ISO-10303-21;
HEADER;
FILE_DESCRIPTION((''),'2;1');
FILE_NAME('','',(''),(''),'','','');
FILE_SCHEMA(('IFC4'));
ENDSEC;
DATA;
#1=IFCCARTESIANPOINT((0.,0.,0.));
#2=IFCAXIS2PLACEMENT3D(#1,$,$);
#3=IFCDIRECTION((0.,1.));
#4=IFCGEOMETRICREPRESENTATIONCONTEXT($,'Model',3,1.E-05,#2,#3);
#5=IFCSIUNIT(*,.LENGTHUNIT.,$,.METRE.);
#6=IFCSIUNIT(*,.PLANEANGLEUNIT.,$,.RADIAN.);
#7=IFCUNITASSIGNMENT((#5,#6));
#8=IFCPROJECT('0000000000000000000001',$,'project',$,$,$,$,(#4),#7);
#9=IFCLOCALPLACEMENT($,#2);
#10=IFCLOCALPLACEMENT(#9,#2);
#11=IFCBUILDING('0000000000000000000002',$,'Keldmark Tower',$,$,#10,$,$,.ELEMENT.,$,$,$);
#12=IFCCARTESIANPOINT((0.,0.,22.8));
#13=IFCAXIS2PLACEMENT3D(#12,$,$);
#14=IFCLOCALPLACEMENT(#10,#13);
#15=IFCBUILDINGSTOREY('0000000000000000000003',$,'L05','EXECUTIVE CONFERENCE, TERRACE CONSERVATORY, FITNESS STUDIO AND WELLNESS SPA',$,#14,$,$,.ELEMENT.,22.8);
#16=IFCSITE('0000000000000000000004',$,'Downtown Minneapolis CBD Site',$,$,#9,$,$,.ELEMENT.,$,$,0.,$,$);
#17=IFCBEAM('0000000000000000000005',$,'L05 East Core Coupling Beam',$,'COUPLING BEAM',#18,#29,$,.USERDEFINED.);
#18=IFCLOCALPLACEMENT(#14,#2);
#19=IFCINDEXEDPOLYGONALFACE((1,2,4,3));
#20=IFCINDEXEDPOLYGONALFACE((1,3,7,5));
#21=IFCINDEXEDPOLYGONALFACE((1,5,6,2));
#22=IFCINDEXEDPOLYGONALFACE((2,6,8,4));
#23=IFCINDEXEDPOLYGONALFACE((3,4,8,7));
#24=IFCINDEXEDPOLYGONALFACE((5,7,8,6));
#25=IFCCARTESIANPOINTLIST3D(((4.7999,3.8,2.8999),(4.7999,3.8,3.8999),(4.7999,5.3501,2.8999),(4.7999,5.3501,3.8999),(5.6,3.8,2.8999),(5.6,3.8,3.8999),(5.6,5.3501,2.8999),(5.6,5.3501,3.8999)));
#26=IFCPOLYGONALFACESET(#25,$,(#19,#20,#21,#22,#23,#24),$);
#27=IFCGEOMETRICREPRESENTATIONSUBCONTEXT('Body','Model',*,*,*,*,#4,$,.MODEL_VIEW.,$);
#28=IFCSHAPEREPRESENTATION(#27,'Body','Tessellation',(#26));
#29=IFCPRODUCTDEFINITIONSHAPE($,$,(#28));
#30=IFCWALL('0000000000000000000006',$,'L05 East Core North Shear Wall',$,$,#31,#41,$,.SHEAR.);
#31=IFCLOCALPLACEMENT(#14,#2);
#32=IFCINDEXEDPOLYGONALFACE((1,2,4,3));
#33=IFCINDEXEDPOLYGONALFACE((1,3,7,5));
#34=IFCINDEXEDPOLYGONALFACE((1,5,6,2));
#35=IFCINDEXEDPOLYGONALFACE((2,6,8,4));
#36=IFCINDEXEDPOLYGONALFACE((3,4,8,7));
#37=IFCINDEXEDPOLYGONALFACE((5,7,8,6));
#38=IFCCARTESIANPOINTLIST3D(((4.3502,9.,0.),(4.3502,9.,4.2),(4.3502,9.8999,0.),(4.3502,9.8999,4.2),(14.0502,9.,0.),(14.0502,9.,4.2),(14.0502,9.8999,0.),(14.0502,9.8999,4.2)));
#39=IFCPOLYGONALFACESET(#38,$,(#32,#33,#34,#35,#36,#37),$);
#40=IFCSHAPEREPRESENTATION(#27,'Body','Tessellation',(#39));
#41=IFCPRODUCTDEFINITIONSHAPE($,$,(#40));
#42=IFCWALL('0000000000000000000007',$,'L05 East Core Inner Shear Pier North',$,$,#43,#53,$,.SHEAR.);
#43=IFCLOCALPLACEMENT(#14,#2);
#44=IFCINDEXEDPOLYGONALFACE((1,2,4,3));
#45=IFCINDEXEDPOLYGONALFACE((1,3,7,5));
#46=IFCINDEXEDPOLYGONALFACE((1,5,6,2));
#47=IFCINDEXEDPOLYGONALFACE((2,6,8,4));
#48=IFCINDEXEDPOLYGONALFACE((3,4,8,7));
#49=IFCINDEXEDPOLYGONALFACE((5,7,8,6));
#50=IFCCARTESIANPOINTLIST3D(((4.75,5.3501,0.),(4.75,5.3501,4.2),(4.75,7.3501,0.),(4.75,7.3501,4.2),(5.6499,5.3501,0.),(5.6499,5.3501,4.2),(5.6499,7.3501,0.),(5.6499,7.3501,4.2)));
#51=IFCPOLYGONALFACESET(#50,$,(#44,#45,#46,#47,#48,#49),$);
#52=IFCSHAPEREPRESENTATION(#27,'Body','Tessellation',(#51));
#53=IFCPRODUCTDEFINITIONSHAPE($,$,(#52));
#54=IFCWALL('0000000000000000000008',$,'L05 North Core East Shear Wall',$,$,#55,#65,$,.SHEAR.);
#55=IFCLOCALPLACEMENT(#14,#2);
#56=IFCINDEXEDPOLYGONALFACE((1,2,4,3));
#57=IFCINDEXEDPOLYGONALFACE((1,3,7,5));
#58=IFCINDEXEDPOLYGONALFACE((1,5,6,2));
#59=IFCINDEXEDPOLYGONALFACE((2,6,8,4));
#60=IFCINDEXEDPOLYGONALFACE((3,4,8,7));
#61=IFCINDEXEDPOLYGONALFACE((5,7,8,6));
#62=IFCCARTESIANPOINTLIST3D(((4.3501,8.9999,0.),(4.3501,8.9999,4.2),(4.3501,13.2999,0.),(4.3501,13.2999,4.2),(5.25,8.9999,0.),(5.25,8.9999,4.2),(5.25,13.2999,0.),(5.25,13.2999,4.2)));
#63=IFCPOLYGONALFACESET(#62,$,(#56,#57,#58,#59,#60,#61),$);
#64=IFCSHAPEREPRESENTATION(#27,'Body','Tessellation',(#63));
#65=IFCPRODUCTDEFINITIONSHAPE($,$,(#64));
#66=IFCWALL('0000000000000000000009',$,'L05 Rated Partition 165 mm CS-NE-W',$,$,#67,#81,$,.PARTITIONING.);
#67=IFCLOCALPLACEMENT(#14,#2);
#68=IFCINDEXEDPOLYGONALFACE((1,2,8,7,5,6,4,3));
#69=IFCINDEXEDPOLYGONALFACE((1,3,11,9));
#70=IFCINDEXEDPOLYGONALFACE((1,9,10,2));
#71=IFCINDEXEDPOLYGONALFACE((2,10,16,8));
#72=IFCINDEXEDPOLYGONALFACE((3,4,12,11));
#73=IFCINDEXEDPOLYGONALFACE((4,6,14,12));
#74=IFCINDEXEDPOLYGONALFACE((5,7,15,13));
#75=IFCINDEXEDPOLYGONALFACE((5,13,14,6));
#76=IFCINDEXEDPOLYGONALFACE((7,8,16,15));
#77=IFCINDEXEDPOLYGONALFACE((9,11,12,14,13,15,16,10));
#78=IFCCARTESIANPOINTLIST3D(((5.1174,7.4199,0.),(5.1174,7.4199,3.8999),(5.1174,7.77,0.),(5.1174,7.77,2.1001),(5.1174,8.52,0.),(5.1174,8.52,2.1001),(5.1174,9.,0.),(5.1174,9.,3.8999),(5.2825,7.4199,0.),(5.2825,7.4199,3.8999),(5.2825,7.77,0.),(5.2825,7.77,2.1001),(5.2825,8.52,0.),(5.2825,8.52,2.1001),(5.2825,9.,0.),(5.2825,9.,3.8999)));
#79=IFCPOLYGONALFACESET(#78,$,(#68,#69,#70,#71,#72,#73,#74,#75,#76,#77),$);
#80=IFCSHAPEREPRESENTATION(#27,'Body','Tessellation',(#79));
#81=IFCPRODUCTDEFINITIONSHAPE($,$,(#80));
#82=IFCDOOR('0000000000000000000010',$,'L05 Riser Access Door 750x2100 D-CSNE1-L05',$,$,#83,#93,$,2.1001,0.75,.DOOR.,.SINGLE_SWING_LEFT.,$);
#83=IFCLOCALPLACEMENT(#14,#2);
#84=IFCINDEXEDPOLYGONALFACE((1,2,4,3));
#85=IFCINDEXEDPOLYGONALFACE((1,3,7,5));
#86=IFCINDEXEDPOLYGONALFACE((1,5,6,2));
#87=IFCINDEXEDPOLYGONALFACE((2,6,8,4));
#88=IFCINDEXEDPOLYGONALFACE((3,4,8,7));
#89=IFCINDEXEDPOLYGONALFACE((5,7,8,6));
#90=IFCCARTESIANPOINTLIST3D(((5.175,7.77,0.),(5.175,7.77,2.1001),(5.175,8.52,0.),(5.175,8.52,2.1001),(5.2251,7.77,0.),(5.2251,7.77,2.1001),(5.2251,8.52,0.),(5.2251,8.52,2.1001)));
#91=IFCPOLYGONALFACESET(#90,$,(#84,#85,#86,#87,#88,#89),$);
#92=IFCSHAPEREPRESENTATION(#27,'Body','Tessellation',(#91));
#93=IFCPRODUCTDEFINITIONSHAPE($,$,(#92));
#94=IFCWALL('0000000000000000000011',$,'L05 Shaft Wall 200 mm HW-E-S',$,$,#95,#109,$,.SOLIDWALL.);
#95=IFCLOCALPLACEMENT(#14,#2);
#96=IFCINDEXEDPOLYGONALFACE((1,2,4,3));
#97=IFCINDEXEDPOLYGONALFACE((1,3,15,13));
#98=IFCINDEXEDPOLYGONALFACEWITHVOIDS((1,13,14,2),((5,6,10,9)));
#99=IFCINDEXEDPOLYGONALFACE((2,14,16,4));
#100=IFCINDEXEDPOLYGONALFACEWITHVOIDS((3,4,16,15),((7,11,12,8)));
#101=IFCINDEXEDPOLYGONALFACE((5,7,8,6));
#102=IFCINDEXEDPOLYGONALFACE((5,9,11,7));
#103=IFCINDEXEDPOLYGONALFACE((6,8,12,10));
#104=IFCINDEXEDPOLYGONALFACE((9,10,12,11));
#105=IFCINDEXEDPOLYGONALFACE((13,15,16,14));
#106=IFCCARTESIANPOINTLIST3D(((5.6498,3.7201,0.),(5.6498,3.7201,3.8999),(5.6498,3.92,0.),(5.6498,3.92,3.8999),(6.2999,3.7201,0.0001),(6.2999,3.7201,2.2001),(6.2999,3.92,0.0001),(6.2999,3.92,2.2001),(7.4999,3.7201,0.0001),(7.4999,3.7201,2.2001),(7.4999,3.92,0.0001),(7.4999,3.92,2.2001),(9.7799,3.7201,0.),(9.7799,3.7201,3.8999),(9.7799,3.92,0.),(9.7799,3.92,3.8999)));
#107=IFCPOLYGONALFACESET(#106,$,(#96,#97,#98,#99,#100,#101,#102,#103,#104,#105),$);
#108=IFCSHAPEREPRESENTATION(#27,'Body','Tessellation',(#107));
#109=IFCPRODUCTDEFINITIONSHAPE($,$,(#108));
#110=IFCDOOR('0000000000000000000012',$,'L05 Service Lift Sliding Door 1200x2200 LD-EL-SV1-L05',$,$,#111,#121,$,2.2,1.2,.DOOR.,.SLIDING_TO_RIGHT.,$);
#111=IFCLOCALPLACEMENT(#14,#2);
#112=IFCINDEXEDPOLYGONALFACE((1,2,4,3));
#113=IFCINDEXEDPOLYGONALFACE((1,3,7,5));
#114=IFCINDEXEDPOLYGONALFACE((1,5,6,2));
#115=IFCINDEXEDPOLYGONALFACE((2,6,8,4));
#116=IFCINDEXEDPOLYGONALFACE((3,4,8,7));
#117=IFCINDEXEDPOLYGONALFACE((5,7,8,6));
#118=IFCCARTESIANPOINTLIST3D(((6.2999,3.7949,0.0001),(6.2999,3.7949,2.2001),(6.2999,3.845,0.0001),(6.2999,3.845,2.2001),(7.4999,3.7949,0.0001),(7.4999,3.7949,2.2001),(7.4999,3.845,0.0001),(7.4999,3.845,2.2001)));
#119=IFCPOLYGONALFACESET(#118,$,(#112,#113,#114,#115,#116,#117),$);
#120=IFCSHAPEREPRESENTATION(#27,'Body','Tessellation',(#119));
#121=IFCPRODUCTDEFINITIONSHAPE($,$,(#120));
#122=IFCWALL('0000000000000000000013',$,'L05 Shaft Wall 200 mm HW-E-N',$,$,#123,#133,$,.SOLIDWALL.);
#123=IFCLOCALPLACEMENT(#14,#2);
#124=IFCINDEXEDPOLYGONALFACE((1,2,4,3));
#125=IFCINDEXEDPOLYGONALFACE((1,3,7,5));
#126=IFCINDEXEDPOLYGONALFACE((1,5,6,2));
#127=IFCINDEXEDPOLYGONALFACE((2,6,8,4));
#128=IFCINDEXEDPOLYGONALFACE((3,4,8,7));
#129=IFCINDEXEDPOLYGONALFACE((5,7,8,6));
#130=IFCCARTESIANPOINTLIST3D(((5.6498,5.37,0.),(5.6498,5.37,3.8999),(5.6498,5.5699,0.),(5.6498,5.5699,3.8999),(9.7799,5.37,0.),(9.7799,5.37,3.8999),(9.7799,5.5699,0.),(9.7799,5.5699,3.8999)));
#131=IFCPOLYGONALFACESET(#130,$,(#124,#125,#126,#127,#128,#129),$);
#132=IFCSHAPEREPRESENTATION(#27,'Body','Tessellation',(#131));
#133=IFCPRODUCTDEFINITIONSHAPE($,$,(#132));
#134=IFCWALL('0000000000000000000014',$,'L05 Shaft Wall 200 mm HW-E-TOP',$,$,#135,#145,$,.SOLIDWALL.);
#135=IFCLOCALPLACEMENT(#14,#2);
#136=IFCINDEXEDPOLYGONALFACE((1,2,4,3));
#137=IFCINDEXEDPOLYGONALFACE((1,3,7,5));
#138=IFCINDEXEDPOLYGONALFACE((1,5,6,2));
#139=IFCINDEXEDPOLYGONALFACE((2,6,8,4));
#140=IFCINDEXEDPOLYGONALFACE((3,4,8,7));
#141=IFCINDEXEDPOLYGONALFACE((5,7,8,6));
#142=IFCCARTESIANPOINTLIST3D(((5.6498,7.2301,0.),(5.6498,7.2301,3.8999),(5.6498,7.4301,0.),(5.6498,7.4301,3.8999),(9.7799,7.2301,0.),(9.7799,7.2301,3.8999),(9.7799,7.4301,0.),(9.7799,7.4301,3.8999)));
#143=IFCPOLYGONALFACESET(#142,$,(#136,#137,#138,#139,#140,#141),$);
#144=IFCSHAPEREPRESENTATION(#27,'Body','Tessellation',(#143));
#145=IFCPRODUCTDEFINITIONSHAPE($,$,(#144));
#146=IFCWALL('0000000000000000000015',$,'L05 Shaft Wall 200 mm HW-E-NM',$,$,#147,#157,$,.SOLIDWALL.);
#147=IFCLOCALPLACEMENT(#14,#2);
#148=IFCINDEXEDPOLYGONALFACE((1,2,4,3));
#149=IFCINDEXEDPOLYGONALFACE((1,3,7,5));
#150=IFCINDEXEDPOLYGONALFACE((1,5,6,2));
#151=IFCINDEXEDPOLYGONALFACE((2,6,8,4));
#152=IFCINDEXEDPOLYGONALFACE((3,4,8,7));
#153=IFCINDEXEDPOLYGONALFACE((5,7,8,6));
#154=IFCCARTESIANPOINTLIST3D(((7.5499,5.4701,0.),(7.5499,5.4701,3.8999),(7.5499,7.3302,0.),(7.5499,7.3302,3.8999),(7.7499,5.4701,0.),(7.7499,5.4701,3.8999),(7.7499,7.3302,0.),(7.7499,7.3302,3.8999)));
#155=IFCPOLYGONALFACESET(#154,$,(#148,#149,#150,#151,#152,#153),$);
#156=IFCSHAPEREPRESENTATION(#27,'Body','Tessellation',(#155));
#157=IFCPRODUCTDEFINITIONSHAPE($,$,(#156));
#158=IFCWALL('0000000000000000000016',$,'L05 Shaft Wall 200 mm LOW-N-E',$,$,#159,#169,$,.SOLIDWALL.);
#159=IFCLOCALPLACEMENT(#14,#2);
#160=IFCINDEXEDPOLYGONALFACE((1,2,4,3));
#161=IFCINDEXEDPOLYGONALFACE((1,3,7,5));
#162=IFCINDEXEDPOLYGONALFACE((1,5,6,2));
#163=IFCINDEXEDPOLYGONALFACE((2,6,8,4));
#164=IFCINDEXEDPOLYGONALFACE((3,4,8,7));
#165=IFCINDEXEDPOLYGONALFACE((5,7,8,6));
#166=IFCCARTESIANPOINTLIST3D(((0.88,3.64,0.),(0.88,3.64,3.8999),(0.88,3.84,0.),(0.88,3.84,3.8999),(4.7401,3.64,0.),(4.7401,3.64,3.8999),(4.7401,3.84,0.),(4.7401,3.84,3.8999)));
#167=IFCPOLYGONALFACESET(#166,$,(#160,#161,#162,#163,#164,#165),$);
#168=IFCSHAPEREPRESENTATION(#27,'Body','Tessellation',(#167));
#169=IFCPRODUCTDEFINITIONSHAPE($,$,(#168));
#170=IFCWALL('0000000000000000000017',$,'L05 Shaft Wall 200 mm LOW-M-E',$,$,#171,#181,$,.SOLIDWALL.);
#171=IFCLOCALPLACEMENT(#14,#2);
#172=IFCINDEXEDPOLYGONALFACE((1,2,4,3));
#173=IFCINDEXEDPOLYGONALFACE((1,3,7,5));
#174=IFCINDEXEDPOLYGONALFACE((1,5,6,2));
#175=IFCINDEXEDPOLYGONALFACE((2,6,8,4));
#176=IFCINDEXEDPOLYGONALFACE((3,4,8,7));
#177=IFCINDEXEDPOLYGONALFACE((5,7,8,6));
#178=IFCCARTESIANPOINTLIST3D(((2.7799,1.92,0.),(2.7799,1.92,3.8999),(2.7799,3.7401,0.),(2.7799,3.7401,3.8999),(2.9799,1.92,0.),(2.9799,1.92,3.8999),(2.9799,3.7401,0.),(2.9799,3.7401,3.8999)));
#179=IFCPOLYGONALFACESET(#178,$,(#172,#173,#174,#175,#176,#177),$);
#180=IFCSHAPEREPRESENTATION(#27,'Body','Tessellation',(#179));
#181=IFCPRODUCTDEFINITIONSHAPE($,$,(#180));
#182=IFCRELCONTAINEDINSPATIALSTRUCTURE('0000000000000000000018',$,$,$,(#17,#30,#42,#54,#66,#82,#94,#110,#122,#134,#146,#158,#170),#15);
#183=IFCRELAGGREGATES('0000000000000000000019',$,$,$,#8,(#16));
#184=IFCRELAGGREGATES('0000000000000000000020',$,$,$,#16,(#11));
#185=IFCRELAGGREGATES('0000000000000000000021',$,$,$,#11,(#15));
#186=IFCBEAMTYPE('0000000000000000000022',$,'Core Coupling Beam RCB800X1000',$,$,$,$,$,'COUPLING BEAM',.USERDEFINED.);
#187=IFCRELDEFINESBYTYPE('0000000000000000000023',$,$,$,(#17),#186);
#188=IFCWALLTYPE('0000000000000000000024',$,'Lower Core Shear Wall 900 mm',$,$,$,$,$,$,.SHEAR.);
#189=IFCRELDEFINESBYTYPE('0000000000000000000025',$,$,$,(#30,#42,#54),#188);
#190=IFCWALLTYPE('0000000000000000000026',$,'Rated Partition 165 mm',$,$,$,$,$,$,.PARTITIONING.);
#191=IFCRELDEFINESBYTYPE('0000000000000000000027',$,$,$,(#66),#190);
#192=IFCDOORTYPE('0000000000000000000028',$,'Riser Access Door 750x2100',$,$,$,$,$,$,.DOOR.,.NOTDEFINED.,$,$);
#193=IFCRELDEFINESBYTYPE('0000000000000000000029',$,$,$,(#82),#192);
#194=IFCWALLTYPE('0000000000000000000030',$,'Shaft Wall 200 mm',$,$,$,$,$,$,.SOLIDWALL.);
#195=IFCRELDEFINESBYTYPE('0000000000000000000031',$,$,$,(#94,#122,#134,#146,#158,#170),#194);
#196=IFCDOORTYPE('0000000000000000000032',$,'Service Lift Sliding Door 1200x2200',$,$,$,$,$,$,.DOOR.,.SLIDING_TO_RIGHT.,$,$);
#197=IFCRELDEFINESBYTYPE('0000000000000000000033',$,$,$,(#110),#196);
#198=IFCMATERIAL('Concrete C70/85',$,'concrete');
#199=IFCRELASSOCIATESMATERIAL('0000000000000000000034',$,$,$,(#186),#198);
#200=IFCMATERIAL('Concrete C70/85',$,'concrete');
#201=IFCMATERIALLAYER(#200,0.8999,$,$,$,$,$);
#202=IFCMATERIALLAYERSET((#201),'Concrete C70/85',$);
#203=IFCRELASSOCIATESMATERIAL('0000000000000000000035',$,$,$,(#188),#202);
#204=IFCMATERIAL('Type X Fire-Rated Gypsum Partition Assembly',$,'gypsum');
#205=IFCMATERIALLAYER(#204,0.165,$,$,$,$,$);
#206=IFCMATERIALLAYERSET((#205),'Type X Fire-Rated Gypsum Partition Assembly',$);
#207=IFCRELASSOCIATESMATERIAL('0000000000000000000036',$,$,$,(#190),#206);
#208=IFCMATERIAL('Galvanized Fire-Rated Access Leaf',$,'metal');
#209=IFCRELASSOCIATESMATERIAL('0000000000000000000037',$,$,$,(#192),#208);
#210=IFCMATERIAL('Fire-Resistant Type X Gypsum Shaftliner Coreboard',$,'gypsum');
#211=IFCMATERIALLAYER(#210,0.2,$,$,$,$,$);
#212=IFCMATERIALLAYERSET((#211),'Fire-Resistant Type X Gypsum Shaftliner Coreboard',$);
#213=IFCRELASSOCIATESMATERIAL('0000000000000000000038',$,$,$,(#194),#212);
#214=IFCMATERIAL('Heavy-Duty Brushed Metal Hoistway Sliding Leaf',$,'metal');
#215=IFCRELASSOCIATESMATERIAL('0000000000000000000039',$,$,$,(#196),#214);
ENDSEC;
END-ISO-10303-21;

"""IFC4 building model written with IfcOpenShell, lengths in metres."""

from ifc_helpers import new_model, si_unit, direction, frame, frame_2d, origin, origin_2d, place, context, subcontext, project, spatial, rectangle, extrude, material, layer, layer_set, material_profile, profile_set, type_object, element, fill, save


model = new_model("IFC4")

# Units and contexts
model_context = context("Model", 3, precision=1e-05, world=origin(), true_north=direction((0.0, 1.0)))
body_context = subcontext(model_context, "Body", "Model", "MODEL_VIEW")
ifc_project = project(units=[si_unit("LENGTHUNIT", "METRE"), si_unit("PLANEANGLEUNIT", "RADIAN")], contexts=[model_context])

# Site, building, storey
site_placement = place(None, origin())
site = spatial("IfcSite", under=ifc_project, at=site_placement, Name="Downtown Minneapolis CBD Site", CompositionType="ELEMENT", RefElevation=0.0)
building_placement = place(site_placement, origin())
building = spatial("IfcBuilding", under=site, at=building_placement, Name="Keldmark Tower", CompositionType="ELEMENT")
storey_placement = place(building_placement, frame((0.0, 0.0, 22.8)))
storey = spatial("IfcBuildingStorey", under=building, at=storey_placement, Name="L05", Description="EXECUTIVE CONFERENCE, TERRACE CONSERVATORY, FITNESS STUDIO AND WELLNESS SPA", CompositionType="ELEMENT", Elevation=22.8)

# Beam
ifc_material_1 = material(Name="Concrete C70/85", Category="concrete")
ifc_material_profile = material_profile(ifc_material_1, rectangle(XDim=0.8, YDim=1.0, at=origin_2d()), Name="RCB800X1000")
ifc_profile_set = profile_set([ifc_material_profile], Name="Concrete C70/85")
beam_type = type_object("IfcBeamType", Name="Core Coupling Beam RCB800X1000", ElementType="COUPLING BEAM", PredefinedType="USERDEFINED", material=ifc_profile_set)
beam_placement = place(storey_placement, frame((5.2, 3.8, 3.3999), z_axis=(0.0, 1.0, 0.0), x_axis=(-1.0, 0.0, 0.0)))
element("IfcBeam", 1, at=beam_placement, inside=storey, type_object=beam_type, Name="L05 East Core Coupling Beam", ObjectType="COUPLING BEAM", PredefinedType="USERDEFINED", context=body_context, shape_type="SweptSolid", body=[
    extrude(rectangle(XDim=0.8, YDim=1.0, at=origin_2d()), origin(), (0.0, 0.0, 1.0), 1.55),
])

# Walls
ifc_material_2 = material(Name="Concrete C70/85", Category="concrete")
ifc_layer_1 = layer(ifc_material_2, 0.8999)
ifc_layer_set_1 = layer_set([ifc_layer_1], Name="Concrete C70/85")
wall_type_1 = type_object("IfcWallType", Name="Lower Core Shear Wall 900 mm", PredefinedType="SHEAR", material=ifc_layer_set_1)
wall_1_placement = place(storey_placement, frame((4.3501, 9.45, 0.0), z_axis=(0.0, 0.0, 1.0), x_axis=(1.0, 0.0, 0.0)))
element("IfcWall", 2, at=wall_1_placement, inside=storey, type_object=wall_type_1, Name="L05 East Core North Shear Wall", PredefinedType="SHEAR", context=body_context, shape_type="SweptSolid", body=[
    extrude(rectangle(XDim=9.7, YDim=0.8999, at=frame_2d((4.8501, 0.0))), origin(), (0.0, 0.0, 1.0), 4.2),
])
wall_2_placement = place(storey_placement, frame((5.2, 5.3501, 0.0), z_axis=(0.0, 0.0, 1.0), x_axis=(0.0, 1.0, 0.0)))
element("IfcWall", 3, at=wall_2_placement, inside=storey, type_object=wall_type_1, Name="L05 East Core Inner Shear Pier North", PredefinedType="SHEAR", context=body_context, shape_type="SweptSolid", body=[
    extrude(rectangle(XDim=2.0, YDim=0.8999, at=frame_2d((1.0, 0.0))), origin(), (0.0, 0.0, 1.0), 4.2),
])
wall_3_placement = place(storey_placement, frame((4.8, 9.0, 0.0), z_axis=(0.0, 0.0, 1.0), x_axis=(0.0, 1.0, 0.0)))
element("IfcWall", 4, at=wall_3_placement, inside=storey, type_object=wall_type_1, Name="L05 North Core East Shear Wall", PredefinedType="SHEAR", context=body_context, shape_type="SweptSolid", body=[
    extrude(rectangle(XDim=4.3, YDim=0.8999, at=frame_2d((2.1499, 0.0))), origin(), (0.0, 0.0, 1.0), 4.2),
])

# Walls, openings, doors
ifc_material_3 = material(Name="Type X Fire-Rated Gypsum Partition Assembly", Category="gypsum")
ifc_layer_2 = layer(ifc_material_3, 0.165)
ifc_layer_set_2 = layer_set([ifc_layer_2], Name="Type X Fire-Rated Gypsum Partition Assembly")
wall_type_2 = type_object("IfcWallType", Name="Rated Partition 165 mm", PredefinedType="PARTITIONING", material=ifc_layer_set_2)
wall_4_placement = place(storey_placement, frame((5.2, 7.4199, 0.0), z_axis=(0.0, 0.0, 1.0), x_axis=(0.0, 1.0, 0.0)))
wall_4 = element("IfcWall", 5, at=wall_4_placement, inside=storey, type_object=wall_type_2, Name="L05 Rated Partition 165 mm CS-NE-W", PredefinedType="PARTITIONING", context=body_context, shape_type="SweptSolid", body=[
    extrude(rectangle(XDim=1.5801, YDim=0.165, at=frame_2d((0.79, 0.0))), origin(), (0.0, 0.0, 1.0), 3.8999),
])
opening_1_placement = place(wall_4_placement, frame((0.3501, 0.0, 0.0)))
opening_1 = element("IfcOpeningElement", 6, at=opening_1_placement, cuts=wall_4, PredefinedType="OPENING", context=body_context, shape_type="SweptSolid", body=[
    extrude(rectangle(XDim=0.75, YDim=2.1001, at=frame_2d((0.375, 1.05))), frame((0.0, 0.0925, 0.0), z_axis=(0.0, -1.0, 0.0), x_axis=(1.0, 0.0, 0.0)), (0.0, 0.0, 1.0), 0.1851),
])
ifc_material_4 = material(Name="Galvanized Fire-Rated Access Leaf", Category="metal")
door_type_1 = type_object("IfcDoorType", Name="Riser Access Door 750x2100", OperationType="NOTDEFINED", PredefinedType="DOOR", material=ifc_material_4)
door_1_placement = place(opening_1_placement, origin())
door_1 = element("IfcDoor", 7, at=door_1_placement, inside=storey, type_object=door_type_1, Name="L05 Riser Access Door 750x2100 D-CSNE1-L05", OperationType="SINGLE_SWING_LEFT", OverallHeight=2.1001, OverallWidth=0.75, PredefinedType="DOOR", context=body_context, shape_type="SweptSolid", body=[
    extrude(rectangle(XDim=0.75, YDim=2.1001, at=frame_2d((0.375, 1.05))), frame((0.0, 0.0249, 0.0), z_axis=(0.0, -1.0, 0.0), x_axis=(1.0, 0.0, 0.0)), (0.0, 0.0, 1.0), 0.05),
])
fill(opening_1, door_1)
ifc_material_5 = material(Name="Fire-Resistant Type X Gypsum Shaftliner Coreboard", Category="gypsum")
ifc_layer_3 = layer(ifc_material_5, 0.2)
ifc_layer_set_3 = layer_set([ifc_layer_3], Name="Fire-Resistant Type X Gypsum Shaftliner Coreboard")
wall_type_3 = type_object("IfcWallType", Name="Shaft Wall 200 mm", PredefinedType="SOLIDWALL", material=ifc_layer_set_3)
wall_5_placement = place(storey_placement, frame((5.6499, 3.8201, 0.0), z_axis=(0.0, 0.0, 1.0), x_axis=(1.0, 0.0, 0.0)))
wall_5 = element("IfcWall", 8, at=wall_5_placement, inside=storey, type_object=wall_type_3, Name="L05 Shaft Wall 200 mm HW-E-S", PredefinedType="SOLIDWALL", context=body_context, shape_type="SweptSolid", body=[
    extrude(rectangle(XDim=4.1301, YDim=0.2, at=frame_2d((2.0649, 0.0))), origin(), (0.0, 0.0, 1.0), 3.8999),
])
opening_2_placement = place(wall_5_placement, frame((0.6499, 0.0, 0.0)))
opening_2 = element("IfcOpeningElement", 9, at=opening_2_placement, cuts=wall_5, PredefinedType="OPENING", context=body_context, shape_type="SweptSolid", body=[
    extrude(rectangle(XDim=1.2, YDim=2.2, at=frame_2d((0.6001, 1.1001))), frame((0.0, 0.1099, 0.0), z_axis=(0.0, -1.0, 0.0), x_axis=(1.0, 0.0, 0.0)), (0.0, 0.0, 1.0), 0.22),
])
ifc_material_6 = material(Name="Heavy-Duty Brushed Metal Hoistway Sliding Leaf", Category="metal")
door_type_2 = type_object("IfcDoorType", Name="Service Lift Sliding Door 1200x2200", OperationType="SLIDING_TO_RIGHT", PredefinedType="DOOR", material=ifc_material_6)
door_2_placement = place(opening_2_placement, origin())
door_2 = element("IfcDoor", 10, at=door_2_placement, inside=storey, type_object=door_type_2, Name="L05 Service Lift Sliding Door 1200x2200 LD-EL-SV1-L05", OperationType="SLIDING_TO_RIGHT", OverallHeight=2.2, OverallWidth=1.2, PredefinedType="DOOR", context=body_context, shape_type="SweptSolid", body=[
    extrude(rectangle(XDim=1.2, YDim=2.2, at=frame_2d((0.6001, 1.1001))), frame((0.0, 0.0249, 0.0), z_axis=(0.0, -1.0, 0.0), x_axis=(1.0, 0.0, 0.0)), (0.0, 0.0, 1.0), 0.05),
])
fill(opening_2, door_2)

# Walls
for number, where, z_axis, x_axis, name in (
    (11, (5.6499, 5.47, 0.0), (0.0, 0.0, 1.0), (1.0, 0.0, 0.0), "L05 Shaft Wall 200 mm HW-E-N"),
    (12, (5.6499, 7.3301, 0.0), (0.0, 0.0, 1.0), (1.0, 0.0, 0.0), "L05 Shaft Wall 200 mm HW-E-TOP"),
):
    element("IfcWall", number, at=place(storey_placement, frame(where, z_axis=z_axis, x_axis=x_axis)), inside=storey, type_object=wall_type_3, Name=name, PredefinedType="SOLIDWALL", context=body_context, shape_type="SweptSolid", body=[
        extrude(rectangle(XDim=4.1301, YDim=0.2, at=frame_2d((2.0649, 0.0))), origin(), (0.0, 0.0, 1.0), 3.8999),
    ])
wall_6_placement = place(storey_placement, frame((7.6499, 5.47, 0.0), z_axis=(0.0, 0.0, 1.0), x_axis=(0.0, 1.0, 0.0)))
element("IfcWall", 13, at=wall_6_placement, inside=storey, type_object=wall_type_3, Name="L05 Shaft Wall 200 mm HW-E-NM", PredefinedType="SOLIDWALL", context=body_context, shape_type="SweptSolid", body=[
    extrude(rectangle(XDim=1.8601, YDim=0.2, at=frame_2d((0.9302, 0.0))), origin(), (0.0, 0.0, 1.0), 3.8999),
])
wall_7_placement = place(storey_placement, frame((0.8799, 3.74, 0.0), z_axis=(0.0, 0.0, 1.0), x_axis=(1.0, 0.0, 0.0)))
element("IfcWall", 14, at=wall_7_placement, inside=storey, type_object=wall_type_3, Name="L05 Shaft Wall 200 mm LOW-N-E", PredefinedType="SOLIDWALL", context=body_context, shape_type="SweptSolid", body=[
    extrude(rectangle(XDim=3.8601, YDim=0.2, at=frame_2d((1.9302, 0.0))), origin(), (0.0, 0.0, 1.0), 3.8999),
])
wall_8_placement = place(storey_placement, frame((2.8799, 1.9199, 0.0), z_axis=(0.0, 0.0, 1.0), x_axis=(0.0, 1.0, 0.0)))
element("IfcWall", 15, at=wall_8_placement, inside=storey, type_object=wall_type_3, Name="L05 Shaft Wall 200 mm LOW-M-E", PredefinedType="SOLIDWALL", context=body_context, shape_type="SweptSolid", body=[
    extrude(rectangle(XDim=1.8201, YDim=0.2, at=frame_2d((0.9102, 0.0))), origin(), (0.0, 0.0, 1.0), 3.8999),
])

save(model, "model.ifc")
